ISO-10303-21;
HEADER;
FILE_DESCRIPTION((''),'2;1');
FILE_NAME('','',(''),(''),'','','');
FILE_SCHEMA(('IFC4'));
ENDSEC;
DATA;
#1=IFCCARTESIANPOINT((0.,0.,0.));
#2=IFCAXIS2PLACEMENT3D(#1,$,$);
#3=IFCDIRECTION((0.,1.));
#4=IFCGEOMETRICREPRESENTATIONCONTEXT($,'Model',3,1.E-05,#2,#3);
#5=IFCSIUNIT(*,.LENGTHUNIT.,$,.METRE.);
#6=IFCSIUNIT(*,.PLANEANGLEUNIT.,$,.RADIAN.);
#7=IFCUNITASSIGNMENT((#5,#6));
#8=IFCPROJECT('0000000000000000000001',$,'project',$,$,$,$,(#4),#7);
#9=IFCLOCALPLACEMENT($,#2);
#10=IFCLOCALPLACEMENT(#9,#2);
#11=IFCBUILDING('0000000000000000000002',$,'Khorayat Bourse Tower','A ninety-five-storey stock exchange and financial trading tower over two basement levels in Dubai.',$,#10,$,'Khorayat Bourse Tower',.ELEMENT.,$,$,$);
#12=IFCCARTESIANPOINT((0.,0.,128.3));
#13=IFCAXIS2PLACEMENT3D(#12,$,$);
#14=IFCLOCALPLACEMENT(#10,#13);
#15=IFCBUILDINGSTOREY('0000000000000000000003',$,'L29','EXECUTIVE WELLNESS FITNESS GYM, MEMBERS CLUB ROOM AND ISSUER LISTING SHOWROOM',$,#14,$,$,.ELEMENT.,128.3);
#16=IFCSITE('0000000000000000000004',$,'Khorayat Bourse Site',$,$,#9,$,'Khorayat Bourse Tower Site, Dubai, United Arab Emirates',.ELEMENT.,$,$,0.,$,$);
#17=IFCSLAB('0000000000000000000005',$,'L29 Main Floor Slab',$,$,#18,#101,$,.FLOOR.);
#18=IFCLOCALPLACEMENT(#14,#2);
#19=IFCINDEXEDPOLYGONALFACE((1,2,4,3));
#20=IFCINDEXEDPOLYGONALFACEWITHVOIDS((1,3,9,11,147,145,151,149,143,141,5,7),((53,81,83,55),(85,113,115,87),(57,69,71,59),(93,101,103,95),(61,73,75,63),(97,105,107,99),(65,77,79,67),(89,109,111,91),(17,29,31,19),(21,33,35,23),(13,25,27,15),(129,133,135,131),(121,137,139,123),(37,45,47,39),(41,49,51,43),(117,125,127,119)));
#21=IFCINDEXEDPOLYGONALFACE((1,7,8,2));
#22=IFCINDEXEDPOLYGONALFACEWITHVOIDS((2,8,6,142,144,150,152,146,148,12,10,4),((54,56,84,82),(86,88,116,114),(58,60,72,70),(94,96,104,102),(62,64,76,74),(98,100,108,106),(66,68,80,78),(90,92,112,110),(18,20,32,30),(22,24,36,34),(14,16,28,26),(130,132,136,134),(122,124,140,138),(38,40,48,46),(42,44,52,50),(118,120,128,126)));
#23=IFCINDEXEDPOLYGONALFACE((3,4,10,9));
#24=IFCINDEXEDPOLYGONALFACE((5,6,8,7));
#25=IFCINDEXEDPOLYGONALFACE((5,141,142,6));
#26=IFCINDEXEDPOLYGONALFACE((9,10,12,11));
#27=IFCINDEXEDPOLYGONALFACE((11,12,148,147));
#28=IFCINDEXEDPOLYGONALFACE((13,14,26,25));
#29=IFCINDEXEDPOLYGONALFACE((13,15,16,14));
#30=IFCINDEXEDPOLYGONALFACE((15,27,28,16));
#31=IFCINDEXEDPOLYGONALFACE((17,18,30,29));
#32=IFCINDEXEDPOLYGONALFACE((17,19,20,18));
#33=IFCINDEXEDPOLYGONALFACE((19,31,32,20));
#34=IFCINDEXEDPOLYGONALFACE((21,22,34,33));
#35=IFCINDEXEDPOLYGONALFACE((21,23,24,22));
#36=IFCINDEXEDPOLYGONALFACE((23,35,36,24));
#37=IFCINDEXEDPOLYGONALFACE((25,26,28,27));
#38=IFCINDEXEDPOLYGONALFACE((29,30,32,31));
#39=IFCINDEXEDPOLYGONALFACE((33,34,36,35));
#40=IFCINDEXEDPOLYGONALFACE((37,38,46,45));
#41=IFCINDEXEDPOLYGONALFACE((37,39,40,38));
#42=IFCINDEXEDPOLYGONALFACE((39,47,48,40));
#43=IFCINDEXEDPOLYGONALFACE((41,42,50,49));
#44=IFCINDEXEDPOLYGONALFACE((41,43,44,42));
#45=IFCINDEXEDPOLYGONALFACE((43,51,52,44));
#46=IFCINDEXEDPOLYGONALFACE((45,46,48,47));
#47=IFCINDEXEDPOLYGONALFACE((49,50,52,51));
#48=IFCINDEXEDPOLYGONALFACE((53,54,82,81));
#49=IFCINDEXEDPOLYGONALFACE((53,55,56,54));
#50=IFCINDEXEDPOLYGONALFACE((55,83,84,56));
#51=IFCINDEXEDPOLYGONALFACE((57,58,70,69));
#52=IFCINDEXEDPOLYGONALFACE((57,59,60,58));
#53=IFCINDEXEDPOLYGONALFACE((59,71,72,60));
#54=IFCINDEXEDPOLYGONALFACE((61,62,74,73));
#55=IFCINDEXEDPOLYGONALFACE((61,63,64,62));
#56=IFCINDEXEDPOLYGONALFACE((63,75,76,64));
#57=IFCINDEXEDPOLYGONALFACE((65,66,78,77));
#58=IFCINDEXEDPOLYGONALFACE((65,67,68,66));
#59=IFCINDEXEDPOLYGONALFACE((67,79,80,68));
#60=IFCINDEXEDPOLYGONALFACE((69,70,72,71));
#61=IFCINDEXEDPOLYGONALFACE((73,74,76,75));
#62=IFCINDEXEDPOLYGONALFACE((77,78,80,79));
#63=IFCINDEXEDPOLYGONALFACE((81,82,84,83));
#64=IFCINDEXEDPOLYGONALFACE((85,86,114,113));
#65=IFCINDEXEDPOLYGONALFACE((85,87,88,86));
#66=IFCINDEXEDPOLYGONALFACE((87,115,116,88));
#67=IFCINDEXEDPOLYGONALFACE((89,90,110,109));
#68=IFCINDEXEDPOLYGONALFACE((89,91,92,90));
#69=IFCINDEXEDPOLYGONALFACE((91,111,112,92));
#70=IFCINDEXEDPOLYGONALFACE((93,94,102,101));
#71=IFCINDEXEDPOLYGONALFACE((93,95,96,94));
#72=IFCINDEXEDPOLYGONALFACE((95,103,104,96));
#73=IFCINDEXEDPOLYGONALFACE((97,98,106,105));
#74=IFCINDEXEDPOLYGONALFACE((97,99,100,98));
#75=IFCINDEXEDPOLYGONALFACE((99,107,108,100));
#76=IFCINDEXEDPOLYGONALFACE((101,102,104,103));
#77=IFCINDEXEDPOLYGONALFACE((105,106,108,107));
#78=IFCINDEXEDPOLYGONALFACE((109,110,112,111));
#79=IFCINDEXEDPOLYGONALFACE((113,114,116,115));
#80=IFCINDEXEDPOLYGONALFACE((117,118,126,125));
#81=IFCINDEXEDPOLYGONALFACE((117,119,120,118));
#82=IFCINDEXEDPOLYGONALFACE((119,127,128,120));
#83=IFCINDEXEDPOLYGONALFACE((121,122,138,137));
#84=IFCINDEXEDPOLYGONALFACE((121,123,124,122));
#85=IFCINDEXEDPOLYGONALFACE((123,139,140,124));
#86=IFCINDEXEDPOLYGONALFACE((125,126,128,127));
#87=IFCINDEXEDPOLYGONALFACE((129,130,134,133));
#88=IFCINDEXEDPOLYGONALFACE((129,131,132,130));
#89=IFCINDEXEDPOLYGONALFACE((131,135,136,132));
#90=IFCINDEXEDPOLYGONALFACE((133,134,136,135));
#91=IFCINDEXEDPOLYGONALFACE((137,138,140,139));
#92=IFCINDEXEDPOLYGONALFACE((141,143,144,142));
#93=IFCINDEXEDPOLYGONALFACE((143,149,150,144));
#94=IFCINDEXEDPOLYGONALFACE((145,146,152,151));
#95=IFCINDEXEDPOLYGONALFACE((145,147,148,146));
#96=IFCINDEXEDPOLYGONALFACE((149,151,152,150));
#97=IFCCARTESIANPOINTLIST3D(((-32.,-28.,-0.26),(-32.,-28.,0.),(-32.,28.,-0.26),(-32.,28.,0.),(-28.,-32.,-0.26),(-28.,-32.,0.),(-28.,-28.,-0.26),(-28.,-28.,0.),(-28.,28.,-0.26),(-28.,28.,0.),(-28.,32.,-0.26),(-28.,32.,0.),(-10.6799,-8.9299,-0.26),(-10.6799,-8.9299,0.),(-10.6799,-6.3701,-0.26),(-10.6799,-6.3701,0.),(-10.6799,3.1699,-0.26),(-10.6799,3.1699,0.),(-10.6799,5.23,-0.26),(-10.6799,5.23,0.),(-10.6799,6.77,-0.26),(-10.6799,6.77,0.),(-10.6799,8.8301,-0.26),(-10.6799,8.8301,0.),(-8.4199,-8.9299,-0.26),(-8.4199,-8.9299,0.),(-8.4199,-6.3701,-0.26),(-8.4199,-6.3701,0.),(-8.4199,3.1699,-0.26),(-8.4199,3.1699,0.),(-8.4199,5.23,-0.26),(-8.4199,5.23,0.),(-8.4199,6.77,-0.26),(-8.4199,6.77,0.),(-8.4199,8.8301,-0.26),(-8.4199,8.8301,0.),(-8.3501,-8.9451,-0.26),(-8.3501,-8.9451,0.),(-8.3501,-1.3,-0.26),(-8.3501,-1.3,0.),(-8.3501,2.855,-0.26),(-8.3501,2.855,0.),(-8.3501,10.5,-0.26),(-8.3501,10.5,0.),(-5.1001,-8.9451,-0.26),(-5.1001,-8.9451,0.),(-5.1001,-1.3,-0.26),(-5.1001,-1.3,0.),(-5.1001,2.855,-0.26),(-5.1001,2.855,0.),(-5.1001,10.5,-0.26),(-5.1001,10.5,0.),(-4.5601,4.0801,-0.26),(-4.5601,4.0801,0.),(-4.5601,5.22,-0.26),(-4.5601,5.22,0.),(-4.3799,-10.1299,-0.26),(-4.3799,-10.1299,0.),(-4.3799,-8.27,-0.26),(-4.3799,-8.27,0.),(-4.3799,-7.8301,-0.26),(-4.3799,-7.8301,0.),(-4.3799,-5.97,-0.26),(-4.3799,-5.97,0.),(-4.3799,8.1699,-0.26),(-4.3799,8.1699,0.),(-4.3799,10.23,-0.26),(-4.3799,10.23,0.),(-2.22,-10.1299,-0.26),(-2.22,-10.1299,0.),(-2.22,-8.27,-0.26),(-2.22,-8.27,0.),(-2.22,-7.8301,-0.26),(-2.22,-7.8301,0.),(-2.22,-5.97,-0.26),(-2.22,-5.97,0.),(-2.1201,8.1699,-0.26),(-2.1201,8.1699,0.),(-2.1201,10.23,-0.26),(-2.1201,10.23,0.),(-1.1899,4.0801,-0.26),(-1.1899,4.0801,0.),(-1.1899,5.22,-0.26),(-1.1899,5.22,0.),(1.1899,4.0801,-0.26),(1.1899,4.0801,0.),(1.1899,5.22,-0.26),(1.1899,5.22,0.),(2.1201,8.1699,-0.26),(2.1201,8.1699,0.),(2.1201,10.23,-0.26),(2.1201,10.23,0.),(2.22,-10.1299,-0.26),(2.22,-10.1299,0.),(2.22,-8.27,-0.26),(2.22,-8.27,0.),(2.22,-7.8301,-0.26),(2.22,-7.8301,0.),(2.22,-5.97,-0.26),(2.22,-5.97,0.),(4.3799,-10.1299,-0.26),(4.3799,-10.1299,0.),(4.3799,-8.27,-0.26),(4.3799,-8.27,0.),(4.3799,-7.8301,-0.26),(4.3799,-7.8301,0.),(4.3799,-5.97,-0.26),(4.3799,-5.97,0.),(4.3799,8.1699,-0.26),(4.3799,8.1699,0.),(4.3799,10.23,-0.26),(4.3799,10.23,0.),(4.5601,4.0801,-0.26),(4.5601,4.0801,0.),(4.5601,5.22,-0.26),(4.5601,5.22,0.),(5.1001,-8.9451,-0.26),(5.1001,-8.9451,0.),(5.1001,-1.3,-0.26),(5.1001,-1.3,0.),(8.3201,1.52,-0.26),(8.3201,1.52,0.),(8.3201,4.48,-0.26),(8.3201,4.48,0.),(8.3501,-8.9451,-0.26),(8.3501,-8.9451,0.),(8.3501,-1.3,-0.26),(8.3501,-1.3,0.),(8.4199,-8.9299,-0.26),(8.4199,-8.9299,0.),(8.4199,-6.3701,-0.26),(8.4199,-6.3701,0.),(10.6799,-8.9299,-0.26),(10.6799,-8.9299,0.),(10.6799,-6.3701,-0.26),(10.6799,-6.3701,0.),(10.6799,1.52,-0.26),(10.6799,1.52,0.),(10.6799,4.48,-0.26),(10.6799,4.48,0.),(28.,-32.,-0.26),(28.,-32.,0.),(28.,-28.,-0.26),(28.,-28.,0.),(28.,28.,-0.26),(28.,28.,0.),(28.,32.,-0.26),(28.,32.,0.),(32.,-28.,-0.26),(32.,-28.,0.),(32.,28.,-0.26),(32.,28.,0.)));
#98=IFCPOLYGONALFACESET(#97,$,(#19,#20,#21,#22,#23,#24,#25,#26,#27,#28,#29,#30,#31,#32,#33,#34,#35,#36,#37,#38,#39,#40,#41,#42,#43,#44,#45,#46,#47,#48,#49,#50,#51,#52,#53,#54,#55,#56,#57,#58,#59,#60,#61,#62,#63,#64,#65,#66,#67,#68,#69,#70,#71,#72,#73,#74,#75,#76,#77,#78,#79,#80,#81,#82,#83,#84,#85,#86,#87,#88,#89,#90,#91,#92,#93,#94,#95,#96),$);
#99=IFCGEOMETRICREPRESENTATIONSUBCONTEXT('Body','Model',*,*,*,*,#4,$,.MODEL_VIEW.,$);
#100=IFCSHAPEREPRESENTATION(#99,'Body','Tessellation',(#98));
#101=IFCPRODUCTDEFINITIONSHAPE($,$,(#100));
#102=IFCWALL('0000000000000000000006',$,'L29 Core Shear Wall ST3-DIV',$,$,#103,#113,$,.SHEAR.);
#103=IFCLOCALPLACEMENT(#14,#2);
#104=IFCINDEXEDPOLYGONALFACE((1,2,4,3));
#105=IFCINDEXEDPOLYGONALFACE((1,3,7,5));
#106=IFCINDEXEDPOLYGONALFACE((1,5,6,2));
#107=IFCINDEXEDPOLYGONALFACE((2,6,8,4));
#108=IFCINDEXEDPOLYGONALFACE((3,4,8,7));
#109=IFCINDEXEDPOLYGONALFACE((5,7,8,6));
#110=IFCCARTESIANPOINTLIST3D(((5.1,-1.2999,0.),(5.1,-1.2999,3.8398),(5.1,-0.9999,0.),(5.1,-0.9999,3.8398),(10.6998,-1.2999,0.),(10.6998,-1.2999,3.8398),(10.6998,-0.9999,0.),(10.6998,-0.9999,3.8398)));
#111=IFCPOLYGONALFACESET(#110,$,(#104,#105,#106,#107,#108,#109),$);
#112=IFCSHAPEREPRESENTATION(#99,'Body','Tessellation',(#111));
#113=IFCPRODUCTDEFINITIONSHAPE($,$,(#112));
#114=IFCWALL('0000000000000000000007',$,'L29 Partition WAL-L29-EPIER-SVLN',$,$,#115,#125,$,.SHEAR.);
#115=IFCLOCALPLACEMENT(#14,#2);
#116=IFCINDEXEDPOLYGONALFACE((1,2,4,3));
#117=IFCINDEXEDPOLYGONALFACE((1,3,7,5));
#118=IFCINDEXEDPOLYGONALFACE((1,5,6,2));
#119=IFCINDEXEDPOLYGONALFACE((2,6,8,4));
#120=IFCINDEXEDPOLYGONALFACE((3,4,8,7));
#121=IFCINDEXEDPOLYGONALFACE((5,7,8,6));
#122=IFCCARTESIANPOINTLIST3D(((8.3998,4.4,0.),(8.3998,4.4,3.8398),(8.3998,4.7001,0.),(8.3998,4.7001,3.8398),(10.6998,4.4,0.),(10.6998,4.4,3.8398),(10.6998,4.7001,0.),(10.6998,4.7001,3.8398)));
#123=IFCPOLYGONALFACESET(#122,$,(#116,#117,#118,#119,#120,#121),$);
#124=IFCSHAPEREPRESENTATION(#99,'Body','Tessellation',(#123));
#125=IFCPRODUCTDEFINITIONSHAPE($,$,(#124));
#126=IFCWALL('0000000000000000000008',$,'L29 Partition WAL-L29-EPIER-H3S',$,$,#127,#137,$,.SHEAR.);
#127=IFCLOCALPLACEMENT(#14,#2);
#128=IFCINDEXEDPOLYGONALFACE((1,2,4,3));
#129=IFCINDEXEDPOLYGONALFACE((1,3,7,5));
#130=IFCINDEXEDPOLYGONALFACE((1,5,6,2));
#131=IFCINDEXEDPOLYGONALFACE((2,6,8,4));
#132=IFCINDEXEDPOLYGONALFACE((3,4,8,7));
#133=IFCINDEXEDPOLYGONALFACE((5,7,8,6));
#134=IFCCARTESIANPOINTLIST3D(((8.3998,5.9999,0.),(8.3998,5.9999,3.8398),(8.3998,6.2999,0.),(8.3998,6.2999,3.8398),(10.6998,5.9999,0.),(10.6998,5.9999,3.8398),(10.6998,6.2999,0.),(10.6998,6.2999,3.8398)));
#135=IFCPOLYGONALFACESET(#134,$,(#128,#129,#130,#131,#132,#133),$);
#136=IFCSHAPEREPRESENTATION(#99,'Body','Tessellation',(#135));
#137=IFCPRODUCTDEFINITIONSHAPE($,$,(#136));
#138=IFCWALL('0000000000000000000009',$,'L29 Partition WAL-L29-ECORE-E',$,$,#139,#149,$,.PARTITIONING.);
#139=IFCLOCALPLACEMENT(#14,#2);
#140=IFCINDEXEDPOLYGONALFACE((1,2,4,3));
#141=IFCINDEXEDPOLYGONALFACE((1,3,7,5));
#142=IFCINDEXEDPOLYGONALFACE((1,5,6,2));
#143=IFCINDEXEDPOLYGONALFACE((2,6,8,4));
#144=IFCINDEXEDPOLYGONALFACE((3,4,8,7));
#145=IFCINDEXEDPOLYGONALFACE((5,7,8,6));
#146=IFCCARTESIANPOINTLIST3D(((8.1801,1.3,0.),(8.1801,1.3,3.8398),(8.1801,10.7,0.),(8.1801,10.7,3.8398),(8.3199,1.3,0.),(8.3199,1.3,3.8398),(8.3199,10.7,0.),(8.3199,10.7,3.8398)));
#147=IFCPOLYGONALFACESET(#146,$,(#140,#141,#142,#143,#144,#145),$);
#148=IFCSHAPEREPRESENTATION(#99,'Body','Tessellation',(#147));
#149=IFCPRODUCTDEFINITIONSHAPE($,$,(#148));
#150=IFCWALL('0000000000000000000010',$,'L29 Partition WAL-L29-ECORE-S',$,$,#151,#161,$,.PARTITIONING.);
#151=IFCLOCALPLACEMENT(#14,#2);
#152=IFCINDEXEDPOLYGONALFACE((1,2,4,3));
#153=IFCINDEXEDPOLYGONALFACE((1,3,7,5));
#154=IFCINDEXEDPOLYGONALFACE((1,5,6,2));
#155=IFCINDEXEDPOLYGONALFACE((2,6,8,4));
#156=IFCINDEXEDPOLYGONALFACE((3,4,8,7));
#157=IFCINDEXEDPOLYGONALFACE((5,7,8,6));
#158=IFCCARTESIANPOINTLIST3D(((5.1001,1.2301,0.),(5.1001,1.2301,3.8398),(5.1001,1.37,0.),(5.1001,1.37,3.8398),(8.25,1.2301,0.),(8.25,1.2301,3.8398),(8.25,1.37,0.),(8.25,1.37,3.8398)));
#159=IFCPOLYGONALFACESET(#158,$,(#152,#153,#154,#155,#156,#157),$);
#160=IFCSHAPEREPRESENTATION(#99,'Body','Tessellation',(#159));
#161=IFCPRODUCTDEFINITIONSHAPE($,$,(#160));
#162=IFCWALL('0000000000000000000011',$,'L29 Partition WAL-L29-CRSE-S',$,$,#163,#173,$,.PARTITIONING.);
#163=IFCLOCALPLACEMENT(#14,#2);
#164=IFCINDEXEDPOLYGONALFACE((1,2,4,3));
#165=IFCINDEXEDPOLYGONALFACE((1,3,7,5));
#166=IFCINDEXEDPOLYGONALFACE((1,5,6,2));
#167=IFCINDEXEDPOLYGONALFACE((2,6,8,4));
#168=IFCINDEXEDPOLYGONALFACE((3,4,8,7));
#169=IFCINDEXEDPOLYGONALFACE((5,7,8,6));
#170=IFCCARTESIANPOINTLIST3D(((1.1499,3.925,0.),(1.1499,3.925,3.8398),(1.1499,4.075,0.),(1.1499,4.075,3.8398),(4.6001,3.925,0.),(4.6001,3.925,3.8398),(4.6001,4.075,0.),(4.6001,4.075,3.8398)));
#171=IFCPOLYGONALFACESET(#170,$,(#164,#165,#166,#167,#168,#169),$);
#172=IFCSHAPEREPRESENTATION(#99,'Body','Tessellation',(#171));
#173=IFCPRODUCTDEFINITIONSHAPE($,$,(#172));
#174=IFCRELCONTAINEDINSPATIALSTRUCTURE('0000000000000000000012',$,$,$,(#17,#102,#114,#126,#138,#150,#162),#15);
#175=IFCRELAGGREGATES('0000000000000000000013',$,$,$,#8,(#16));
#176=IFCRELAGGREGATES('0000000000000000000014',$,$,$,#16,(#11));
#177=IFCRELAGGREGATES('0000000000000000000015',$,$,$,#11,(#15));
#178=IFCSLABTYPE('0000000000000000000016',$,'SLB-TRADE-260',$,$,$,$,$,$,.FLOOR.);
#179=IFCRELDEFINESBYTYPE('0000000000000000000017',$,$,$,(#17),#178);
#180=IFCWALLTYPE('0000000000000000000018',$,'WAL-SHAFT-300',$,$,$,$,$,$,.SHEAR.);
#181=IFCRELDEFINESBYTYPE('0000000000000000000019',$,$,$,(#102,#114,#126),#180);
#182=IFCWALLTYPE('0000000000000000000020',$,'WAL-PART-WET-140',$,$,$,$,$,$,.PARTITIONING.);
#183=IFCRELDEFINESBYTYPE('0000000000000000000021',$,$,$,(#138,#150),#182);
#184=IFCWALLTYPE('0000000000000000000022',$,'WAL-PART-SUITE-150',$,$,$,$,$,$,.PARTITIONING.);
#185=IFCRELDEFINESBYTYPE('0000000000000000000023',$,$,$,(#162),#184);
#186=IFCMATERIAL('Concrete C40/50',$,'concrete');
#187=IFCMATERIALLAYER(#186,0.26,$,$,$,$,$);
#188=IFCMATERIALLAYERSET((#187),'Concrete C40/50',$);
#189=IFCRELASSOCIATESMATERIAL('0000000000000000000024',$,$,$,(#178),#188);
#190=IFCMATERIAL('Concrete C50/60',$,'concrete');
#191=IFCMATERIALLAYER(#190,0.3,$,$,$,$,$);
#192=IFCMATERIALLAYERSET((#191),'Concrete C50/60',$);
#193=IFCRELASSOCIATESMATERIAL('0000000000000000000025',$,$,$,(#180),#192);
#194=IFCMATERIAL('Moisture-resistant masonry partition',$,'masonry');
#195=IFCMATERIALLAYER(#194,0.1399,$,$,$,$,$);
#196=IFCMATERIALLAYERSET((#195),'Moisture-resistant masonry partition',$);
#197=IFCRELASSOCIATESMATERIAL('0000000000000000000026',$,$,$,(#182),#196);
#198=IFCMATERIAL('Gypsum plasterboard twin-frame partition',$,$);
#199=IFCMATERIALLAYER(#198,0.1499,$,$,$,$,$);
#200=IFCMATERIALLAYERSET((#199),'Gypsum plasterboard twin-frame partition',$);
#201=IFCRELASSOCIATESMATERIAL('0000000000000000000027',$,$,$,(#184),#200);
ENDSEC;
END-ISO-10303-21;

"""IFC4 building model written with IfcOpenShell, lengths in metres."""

from ifc_helpers import new_model, si_unit, direction, frame, frame_2d, origin, place, context, subcontext, project, spatial, polyline, rectangle, outline, extrude, source, transform, mapped, material, layer, layer_set, type_object, element, save


model = new_model("IFC4")

# Units and contexts
model_context = context("Model", 3, precision=1e-05, world=origin(), true_north=direction((0.0, 1.0)))
body_context = subcontext(model_context, "Body", "Model", "MODEL_VIEW")
ifc_project = project(units=[si_unit("LENGTHUNIT", "METRE"), si_unit("PLANEANGLEUNIT", "RADIAN")], contexts=[model_context])

# Site, building, storey
site_placement = place(None, origin())
site = spatial("IfcSite", under=ifc_project, at=site_placement, Name="Khorayat Bourse Site", LongName="Khorayat Bourse Tower Site, Dubai, United Arab Emirates", CompositionType="ELEMENT", RefElevation=0.0)
building_placement = place(site_placement, origin())
building = spatial("IfcBuilding", under=site, at=building_placement, Name="Khorayat Bourse Tower", Description="A ninety-five-storey stock exchange and financial trading tower over two basement levels in Dubai.", LongName="Khorayat Bourse Tower", CompositionType="ELEMENT")
storey_placement = place(building_placement, frame((0.0, 0.0, 128.3)))
storey = spatial("IfcBuildingStorey", under=building, at=storey_placement, Name="L29", Description="EXECUTIVE WELLNESS FITNESS GYM, MEMBERS CLUB ROOM AND ISSUER LISTING SHOWROOM", CompositionType="ELEMENT", Elevation=128.3)

# Shared definitions
ifc_material_1 = material(Name="Concrete C40/50", Category="concrete")

# Slab
ifc_layer_1 = layer(ifc_material_1, 0.26)
ifc_layer_set_1 = layer_set([ifc_layer_1], Name="Concrete C40/50")
slab_type_1 = type_object("IfcSlabType", Name="SLB-TRADE-260", PredefinedType="FLOOR", material=ifc_layer_set_1)
slab_1_placement = place(storey_placement, frame((0.0, 0.0, -0.26)))
element("IfcSlab", 1, at=slab_1_placement, inside=storey, type_object=slab_type_1, Name="L29 Main Floor Slab", PredefinedType="FLOOR", context=body_context, shape_type="SweptSolid", body=[
    extrude(outline(polyline([(-28.0, -32.0), (28.0, -32.0), (28.0, -28.0), (32.0, -28.0), (32.0, 28.0), (28.0, 28.0), (28.0, 32.0), (-28.0, 32.0), (-28.0, 28.0), (-32.0, 28.0), (-32.0, -28.0), (-28.0, -28.0), (-28.0, -32.0)]), holes=[polyline([(-8.3501, -8.9451), (-5.1001, -8.9451), (-5.1001, -1.3), (-8.3501, -1.3), (-8.3501, -8.9451)]), polyline([(-8.3501, 2.855), (-5.1001, 2.855), (-5.1001, 10.5), (-8.3501, 10.5), (-8.3501, 2.855)]), polyline([(5.1001, -8.9451), (8.3501, -8.9451), (8.3501, -1.3), (5.1001, -1.3), (5.1001, -8.9451)]), polyline([(-4.3799, -10.1299), (-2.22, -10.1299), (-2.22, -8.27), (-4.3799, -8.27), (-4.3799, -10.1299)]), polyline([(2.22, -10.1299), (4.3799, -10.1299), (4.3799, -8.27), (2.22, -8.27), (2.22, -10.1299)]), polyline([(-4.3799, -7.8301), (-2.22, -7.8301), (-2.22, -5.97), (-4.3799, -5.97), (-4.3799, -7.8301)]), polyline([(2.22, -7.8301), (4.3799, -7.8301), (4.3799, -5.97), (2.22, -5.97), (2.22, -7.8301)]), polyline([(-4.3799, 8.1699), (-2.1201, 8.1699), (-2.1201, 10.23), (-4.3799, 10.23), (-4.3799, 8.1699)]), polyline([(2.1201, 8.1699), (4.3799, 8.1699), (4.3799, 10.23), (2.1201, 10.23), (2.1201, 8.1699)]), polyline([(-10.6799, 3.1699), (-8.4199, 3.1699), (-8.4199, 5.23), (-10.6799, 5.23), (-10.6799, 3.1699)]), polyline([(-10.6799, 6.77), (-8.4199, 6.77), (-8.4199, 8.8301), (-10.6799, 8.8301), (-10.6799, 6.77)]), polyline([(-10.6799, -8.9299), (-8.4199, -8.9299), (-8.4199, -6.3701), (-10.6799, -6.3701), (-10.6799, -8.9299)]), polyline([(8.4199, -8.9299), (10.6799, -8.9299), (10.6799, -6.3701), (8.4199, -6.3701), (8.4199, -8.9299)]), polyline([(8.3201, 1.52), (10.6799, 1.52), (10.6799, 4.48), (8.3201, 4.48), (8.3201, 1.52)]), polyline([(-4.5601, 4.0801), (-1.1899, 4.0801), (-1.1899, 5.22), (-4.5601, 5.22), (-4.5601, 4.0801)]), polyline([(1.1899, 4.0801), (4.5601, 4.0801), (4.5601, 5.22), (1.1899, 5.22), (1.1899, 4.0801)])]), origin(), (0.0, 0.0, 1.0), 0.26),
])

# Walls
ifc_material_2 = material(Name="Concrete C50/60", Category="concrete")
ifc_layer_2 = layer(ifc_material_2, 0.3)
ifc_layer_set_2 = layer_set([ifc_layer_2], Name="Concrete C50/60")
wall_type_1 = type_object("IfcWallType", Name="WAL-SHAFT-300", PredefinedType="SHEAR", material=ifc_layer_set_2)
shared_shape_1 = source(origin(), body_context, "Body", "SweptSolid", [
    extrude(rectangle(XDim=5.5999, YDim=0.3, at=frame_2d((2.7998, 0.0))), origin(), (0.0, 0.0, 1.0), 3.8398),
])
wall_1_placement = place(storey_placement, frame((5.1001, -1.1499, 0.0), z_axis=(0.0, 0.0, 1.0), x_axis=(1.0, 0.0, 0.0)))
element("IfcWall", 2, at=wall_1_placement, inside=storey, type_object=wall_type_1, Name="L29 Core Shear Wall ST3-DIV", PredefinedType="SHEAR", context=body_context, shape_type="MappedRepresentation", body=[
    mapped(shared_shape_1, transform((0.0, 0.0, 0.0), scale=1.0)),
])
shared_shape_2 = source(origin(), body_context, "Body", "SweptSolid", [
    extrude(rectangle(XDim=2.3, YDim=0.3, at=frame_2d((1.1499, 0.0))), origin(), (0.0, 0.0, 1.0), 3.8398),
])
for number, where, z_axis, x_axis, name in (
    (3, (8.3999, 4.55, 0.0), (0.0, 0.0, 1.0), (1.0, 0.0, 0.0), "L29 Partition WAL-L29-EPIER-SVLN"),
    (4, (8.3999, 6.1499, 0.0), (0.0, 0.0, 1.0), (1.0, 0.0, 0.0), "L29 Partition WAL-L29-EPIER-H3S"),
):
    element("IfcWall", number, at=place(storey_placement, frame(where, z_axis=z_axis, x_axis=x_axis)), inside=storey, type_object=wall_type_1, Name=name, PredefinedType="SHEAR", context=body_context, shape_type="MappedRepresentation", body=[
        mapped(shared_shape_2, transform((0.0, 0.0, 0.0), scale=1.0)),
    ])
ifc_material_3 = material(Name="Moisture-resistant masonry partition", Category="masonry")
ifc_layer_3 = layer(ifc_material_3, 0.1399)
ifc_layer_set_3 = layer_set([ifc_layer_3], Name="Moisture-resistant masonry partition")
wall_type_2 = type_object("IfcWallType", Name="WAL-PART-WET-140", PredefinedType="PARTITIONING", material=ifc_layer_set_3)
shared_shape_3 = source(origin(), body_context, "Body", "SweptSolid", [
    extrude(rectangle(XDim=9.3999, YDim=0.1399, at=frame_2d((4.7, 0.0))), origin(), (0.0, 0.0, 1.0), 3.8398),
])
wall_2_placement = place(storey_placement, frame((8.25, 1.3, 0.0), z_axis=(0.0, 0.0, 1.0), x_axis=(0.0, 1.0, 0.0)))
element("IfcWall", 5, at=wall_2_placement, inside=storey, type_object=wall_type_2, Name="L29 Partition WAL-L29-ECORE-E", PredefinedType="PARTITIONING", context=body_context, shape_type="MappedRepresentation", body=[
    mapped(shared_shape_3, transform((0.0, 0.0, 0.0), scale=1.0)),
])
shared_shape_4 = source(origin(), body_context, "Body", "SweptSolid", [
    extrude(rectangle(XDim=3.1499, YDim=0.1399, at=frame_2d((1.575, 0.0))), origin(), (0.0, 0.0, 1.0), 3.8398),
])
wall_3_placement = place(storey_placement, frame((5.1001, 1.3, 0.0), z_axis=(0.0, 0.0, 1.0), x_axis=(1.0, 0.0, 0.0)))
element("IfcWall", 6, at=wall_3_placement, inside=storey, type_object=wall_type_2, Name="L29 Partition WAL-L29-ECORE-S", PredefinedType="PARTITIONING", context=body_context, shape_type="MappedRepresentation", body=[
    mapped(shared_shape_4, transform((0.0, 0.0, 0.0), scale=1.0)),
])

# Wall
ifc_material_4 = material(Name="Gypsum plasterboard twin-frame partition")
ifc_layer_4 = layer(ifc_material_4, 0.1499)
ifc_layer_set_4 = layer_set([ifc_layer_4], Name="Gypsum plasterboard twin-frame partition")
wall_type_3 = type_object("IfcWallType", Name="WAL-PART-SUITE-150", PredefinedType="PARTITIONING", material=ifc_layer_set_4)
shared_shape_5 = source(origin(), body_context, "Body", "SweptSolid", [
    extrude(rectangle(XDim=3.4502, YDim=0.1499, at=frame_2d((1.7251, 0.0))), origin(), (0.0, 0.0, 1.0), 3.8398),
])
wall_4_placement = place(storey_placement, frame((1.1499, 4.0, 0.0), z_axis=(0.0, 0.0, 1.0), x_axis=(1.0, 0.0, 0.0)))
element("IfcWall", 7, at=wall_4_placement, inside=storey, type_object=wall_type_3, Name="L29 Partition WAL-L29-CRSE-S", PredefinedType="PARTITIONING", context=body_context, shape_type="MappedRepresentation", body=[
    mapped(shared_shape_5, transform((0.0, 0.0, 0.0), scale=1.0)),
])

save(model, "model.ifc")
